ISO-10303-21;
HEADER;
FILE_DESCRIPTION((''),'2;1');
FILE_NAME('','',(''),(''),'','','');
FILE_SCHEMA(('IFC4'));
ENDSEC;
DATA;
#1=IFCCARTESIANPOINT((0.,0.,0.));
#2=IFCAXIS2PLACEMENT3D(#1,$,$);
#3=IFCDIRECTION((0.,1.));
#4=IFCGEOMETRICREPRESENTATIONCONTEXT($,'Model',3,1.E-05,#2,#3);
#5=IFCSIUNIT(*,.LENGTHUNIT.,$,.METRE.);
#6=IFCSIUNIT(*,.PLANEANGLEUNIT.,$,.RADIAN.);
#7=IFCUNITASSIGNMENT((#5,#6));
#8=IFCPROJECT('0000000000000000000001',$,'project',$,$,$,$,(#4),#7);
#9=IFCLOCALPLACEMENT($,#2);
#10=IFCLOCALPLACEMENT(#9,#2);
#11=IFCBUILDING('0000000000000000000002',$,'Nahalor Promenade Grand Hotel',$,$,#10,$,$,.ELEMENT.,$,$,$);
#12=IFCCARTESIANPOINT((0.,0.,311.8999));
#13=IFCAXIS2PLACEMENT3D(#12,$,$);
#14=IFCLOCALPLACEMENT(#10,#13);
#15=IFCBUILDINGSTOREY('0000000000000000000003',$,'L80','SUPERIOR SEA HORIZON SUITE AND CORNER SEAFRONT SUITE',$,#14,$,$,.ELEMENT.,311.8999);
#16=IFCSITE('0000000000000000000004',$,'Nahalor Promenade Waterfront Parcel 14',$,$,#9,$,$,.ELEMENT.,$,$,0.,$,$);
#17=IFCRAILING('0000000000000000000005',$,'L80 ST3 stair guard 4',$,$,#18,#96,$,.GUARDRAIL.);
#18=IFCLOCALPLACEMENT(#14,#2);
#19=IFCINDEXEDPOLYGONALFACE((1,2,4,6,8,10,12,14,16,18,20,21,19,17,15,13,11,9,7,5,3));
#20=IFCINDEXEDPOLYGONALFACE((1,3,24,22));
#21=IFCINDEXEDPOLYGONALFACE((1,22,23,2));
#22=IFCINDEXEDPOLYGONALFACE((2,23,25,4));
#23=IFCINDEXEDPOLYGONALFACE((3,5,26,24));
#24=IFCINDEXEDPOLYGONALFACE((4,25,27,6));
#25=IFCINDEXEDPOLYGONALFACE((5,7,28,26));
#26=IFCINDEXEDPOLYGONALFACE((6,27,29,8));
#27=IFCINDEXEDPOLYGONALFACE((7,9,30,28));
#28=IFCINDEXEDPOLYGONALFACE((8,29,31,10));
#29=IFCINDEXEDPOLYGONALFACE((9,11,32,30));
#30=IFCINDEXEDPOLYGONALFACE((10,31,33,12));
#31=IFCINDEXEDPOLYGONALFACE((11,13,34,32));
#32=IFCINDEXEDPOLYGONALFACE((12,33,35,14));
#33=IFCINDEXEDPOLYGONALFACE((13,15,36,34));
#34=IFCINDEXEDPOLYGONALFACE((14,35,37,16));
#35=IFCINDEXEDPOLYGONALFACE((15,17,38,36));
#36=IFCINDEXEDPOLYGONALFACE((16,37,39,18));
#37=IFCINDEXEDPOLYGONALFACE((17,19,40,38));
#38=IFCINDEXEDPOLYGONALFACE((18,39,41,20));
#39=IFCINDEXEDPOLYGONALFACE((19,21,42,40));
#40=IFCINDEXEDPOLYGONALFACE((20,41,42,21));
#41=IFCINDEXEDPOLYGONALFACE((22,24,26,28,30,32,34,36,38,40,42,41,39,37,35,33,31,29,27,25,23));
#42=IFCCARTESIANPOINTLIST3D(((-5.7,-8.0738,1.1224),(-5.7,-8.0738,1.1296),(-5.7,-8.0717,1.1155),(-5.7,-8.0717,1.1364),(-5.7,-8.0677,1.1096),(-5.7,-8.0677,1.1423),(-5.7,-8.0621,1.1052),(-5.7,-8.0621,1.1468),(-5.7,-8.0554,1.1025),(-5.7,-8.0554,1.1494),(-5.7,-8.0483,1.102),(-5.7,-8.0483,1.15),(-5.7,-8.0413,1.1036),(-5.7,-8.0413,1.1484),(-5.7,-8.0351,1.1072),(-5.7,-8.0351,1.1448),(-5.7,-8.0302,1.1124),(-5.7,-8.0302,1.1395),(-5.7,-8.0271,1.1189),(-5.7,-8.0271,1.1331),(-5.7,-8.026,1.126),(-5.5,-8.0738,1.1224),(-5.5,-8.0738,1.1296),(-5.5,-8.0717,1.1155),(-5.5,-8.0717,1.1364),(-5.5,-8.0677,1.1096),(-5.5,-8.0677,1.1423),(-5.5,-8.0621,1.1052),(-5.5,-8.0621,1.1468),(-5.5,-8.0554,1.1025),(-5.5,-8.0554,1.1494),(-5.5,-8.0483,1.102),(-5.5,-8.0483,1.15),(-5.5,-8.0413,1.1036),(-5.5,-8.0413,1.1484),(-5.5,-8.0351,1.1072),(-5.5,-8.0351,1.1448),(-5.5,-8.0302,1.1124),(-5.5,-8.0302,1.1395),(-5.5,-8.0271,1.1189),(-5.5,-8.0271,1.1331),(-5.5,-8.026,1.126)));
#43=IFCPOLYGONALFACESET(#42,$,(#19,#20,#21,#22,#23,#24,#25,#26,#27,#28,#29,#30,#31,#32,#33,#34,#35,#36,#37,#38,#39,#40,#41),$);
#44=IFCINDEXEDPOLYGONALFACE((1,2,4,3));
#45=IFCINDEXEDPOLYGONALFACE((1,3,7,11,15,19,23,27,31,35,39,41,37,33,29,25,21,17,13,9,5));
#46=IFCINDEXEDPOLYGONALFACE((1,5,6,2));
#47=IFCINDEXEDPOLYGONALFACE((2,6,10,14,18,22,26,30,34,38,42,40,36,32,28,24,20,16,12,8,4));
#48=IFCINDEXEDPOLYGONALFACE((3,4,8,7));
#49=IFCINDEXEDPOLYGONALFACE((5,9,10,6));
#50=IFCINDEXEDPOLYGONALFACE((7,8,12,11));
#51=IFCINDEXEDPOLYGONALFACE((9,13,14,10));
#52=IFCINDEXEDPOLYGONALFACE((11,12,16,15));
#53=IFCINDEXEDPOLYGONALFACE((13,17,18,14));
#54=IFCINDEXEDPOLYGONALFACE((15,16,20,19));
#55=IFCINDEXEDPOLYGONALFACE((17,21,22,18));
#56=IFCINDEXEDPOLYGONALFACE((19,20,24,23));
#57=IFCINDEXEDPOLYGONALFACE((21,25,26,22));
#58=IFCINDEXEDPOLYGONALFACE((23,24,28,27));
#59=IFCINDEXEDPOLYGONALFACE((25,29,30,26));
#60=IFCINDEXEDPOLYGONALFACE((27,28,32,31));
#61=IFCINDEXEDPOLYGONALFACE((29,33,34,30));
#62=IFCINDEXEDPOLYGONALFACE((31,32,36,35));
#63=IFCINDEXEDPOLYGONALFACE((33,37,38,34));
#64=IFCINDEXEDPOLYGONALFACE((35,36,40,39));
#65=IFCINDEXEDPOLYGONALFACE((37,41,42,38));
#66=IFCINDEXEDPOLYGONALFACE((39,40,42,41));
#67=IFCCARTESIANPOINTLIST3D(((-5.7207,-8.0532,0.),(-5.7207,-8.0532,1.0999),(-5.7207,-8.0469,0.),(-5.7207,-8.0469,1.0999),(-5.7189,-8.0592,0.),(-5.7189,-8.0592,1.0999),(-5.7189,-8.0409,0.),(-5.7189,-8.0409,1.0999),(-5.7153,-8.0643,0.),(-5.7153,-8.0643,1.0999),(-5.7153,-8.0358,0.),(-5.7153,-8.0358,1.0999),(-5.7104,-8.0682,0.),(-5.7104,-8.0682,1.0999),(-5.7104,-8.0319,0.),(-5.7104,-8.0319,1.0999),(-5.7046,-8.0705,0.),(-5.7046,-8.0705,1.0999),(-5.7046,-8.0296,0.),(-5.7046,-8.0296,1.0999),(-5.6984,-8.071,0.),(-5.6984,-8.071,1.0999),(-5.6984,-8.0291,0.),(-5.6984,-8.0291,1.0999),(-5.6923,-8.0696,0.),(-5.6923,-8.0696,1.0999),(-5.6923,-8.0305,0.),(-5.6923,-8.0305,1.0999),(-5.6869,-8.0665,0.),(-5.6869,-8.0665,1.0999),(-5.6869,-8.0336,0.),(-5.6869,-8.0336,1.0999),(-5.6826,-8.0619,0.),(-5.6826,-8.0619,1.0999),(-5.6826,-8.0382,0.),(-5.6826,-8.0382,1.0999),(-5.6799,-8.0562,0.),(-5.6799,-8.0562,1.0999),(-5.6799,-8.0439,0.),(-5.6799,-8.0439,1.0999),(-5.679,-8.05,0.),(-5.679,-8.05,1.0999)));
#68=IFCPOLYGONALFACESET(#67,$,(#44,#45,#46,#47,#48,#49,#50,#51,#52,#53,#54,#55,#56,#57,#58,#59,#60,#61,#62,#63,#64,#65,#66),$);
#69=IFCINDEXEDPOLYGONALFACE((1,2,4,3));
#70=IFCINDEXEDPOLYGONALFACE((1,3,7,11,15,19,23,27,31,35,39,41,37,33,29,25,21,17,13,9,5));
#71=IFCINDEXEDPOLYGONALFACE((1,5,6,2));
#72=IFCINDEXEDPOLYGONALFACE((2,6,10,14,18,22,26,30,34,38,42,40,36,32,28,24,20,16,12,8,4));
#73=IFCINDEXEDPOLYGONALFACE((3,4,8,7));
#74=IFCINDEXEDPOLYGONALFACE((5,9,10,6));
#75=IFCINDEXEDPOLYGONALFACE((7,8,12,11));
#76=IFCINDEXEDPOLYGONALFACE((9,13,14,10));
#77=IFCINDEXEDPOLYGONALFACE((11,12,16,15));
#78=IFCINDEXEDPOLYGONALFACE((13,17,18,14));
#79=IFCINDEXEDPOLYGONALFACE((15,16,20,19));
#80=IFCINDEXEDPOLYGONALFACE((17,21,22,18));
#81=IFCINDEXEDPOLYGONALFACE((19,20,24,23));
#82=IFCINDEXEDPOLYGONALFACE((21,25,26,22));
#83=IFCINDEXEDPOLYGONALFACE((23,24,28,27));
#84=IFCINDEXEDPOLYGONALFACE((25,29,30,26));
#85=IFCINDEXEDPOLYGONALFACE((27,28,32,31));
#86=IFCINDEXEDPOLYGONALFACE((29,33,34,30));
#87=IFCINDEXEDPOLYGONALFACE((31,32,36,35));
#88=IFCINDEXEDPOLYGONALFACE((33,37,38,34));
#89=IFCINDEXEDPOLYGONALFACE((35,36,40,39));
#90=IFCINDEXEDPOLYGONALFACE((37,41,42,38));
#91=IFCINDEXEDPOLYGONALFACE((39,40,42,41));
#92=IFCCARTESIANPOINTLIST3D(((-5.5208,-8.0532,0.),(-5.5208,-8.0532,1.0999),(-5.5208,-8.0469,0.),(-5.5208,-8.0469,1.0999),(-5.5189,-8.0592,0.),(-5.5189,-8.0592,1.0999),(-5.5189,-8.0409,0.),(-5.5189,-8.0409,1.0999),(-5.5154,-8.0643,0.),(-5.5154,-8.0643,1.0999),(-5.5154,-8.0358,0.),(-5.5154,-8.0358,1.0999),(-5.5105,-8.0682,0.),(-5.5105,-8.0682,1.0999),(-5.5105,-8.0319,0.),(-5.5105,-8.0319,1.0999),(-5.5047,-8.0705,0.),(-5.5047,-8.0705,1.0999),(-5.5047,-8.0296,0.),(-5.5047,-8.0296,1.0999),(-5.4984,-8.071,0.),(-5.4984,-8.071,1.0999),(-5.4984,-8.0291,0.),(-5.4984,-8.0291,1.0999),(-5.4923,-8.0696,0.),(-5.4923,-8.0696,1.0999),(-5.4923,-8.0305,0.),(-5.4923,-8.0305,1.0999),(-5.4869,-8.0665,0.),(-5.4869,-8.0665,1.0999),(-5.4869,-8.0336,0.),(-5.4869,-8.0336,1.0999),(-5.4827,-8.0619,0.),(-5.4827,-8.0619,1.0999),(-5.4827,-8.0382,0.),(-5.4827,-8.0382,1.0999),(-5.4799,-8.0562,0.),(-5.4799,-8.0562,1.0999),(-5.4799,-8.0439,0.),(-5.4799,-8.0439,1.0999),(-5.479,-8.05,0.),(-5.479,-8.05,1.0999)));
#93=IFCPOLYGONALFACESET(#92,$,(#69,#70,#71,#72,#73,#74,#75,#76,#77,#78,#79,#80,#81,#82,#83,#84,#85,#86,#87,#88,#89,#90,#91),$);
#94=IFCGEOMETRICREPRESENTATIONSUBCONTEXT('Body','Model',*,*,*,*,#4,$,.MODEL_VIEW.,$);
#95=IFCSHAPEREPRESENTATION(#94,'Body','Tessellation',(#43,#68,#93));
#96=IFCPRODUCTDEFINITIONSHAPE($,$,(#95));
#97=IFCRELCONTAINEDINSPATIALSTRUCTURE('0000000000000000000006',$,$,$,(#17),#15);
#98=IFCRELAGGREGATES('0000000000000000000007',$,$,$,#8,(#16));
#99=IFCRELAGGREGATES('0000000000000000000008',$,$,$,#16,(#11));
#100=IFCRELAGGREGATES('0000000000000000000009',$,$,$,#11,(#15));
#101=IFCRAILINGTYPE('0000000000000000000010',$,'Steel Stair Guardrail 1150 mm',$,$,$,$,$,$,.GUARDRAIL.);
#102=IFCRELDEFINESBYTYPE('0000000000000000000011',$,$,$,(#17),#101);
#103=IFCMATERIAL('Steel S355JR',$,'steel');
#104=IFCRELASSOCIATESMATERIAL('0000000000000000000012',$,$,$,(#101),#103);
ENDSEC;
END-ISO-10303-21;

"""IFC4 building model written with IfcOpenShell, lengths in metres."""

from ifc_helpers import new_model, si_unit, direction, frame, origin, origin_2d, place, context, subcontext, project, spatial, circle, extrude, material, type_object, element, save


model = new_model("IFC4")

# Units and contexts
model_context = context("Model", 3, precision=1e-05, world=origin(), true_north=direction((0.0, 1.0)))
body_context = subcontext(model_context, "Body", "Model", "MODEL_VIEW")
ifc_project = project(units=[si_unit("LENGTHUNIT", "METRE"), si_unit("PLANEANGLEUNIT", "RADIAN")], contexts=[model_context])

# Site, building, storey
site_placement = place(None, origin())
site = spatial("IfcSite", under=ifc_project, at=site_placement, Name="Nahalor Promenade Waterfront Parcel 14", CompositionType="ELEMENT", RefElevation=0.0)
building_placement = place(site_placement, origin())
building = spatial("IfcBuilding", under=site, at=building_placement, Name="Nahalor Promenade Grand Hotel", CompositionType="ELEMENT")
storey_placement = place(building_placement, frame((0.0, 0.0, 311.8999)))
storey = spatial("IfcBuildingStorey", under=building, at=storey_placement, Name="L80", Description="SUPERIOR SEA HORIZON SUITE AND CORNER SEAFRONT SUITE", CompositionType="ELEMENT", Elevation=311.8999)

# Shared definitions
ifc_material_1 = material(Name="Steel S355JR", Category="steel")

# Railing
railing_type_1 = type_object("IfcRailingType", Name="Steel Stair Guardrail 1150 mm", PredefinedType="GUARDRAIL", material=ifc_material_1)
railing_1_placement = place(storey_placement, frame((-5.7, -8.05, 0.0)))
element("IfcRailing", 1, at=railing_1_placement, inside=storey, type_object=railing_type_1, Name="L80 ST3 stair guard 4", PredefinedType="GUARDRAIL", context=body_context, shape_type="SweptSolid", body=[
    extrude(circle(Radius=0.024, at=origin_2d()), frame((0.0, 0.0, 1.126), z_axis=(1.0, 0.0, 0.0), x_axis=(0.0, 1.0, 0.0)), (0.0, 0.0, 1.0), 0.2),
    extrude(circle(Radius=0.021, at=origin_2d()), origin(), (0.0, 0.0, 1.0), 1.0999),
    extrude(circle(Radius=0.021, at=origin_2d()), frame((0.2, 0.0, 0.0)), (0.0, 0.0, 1.0), 1.0999),
])

save(model, "model.ifc")
